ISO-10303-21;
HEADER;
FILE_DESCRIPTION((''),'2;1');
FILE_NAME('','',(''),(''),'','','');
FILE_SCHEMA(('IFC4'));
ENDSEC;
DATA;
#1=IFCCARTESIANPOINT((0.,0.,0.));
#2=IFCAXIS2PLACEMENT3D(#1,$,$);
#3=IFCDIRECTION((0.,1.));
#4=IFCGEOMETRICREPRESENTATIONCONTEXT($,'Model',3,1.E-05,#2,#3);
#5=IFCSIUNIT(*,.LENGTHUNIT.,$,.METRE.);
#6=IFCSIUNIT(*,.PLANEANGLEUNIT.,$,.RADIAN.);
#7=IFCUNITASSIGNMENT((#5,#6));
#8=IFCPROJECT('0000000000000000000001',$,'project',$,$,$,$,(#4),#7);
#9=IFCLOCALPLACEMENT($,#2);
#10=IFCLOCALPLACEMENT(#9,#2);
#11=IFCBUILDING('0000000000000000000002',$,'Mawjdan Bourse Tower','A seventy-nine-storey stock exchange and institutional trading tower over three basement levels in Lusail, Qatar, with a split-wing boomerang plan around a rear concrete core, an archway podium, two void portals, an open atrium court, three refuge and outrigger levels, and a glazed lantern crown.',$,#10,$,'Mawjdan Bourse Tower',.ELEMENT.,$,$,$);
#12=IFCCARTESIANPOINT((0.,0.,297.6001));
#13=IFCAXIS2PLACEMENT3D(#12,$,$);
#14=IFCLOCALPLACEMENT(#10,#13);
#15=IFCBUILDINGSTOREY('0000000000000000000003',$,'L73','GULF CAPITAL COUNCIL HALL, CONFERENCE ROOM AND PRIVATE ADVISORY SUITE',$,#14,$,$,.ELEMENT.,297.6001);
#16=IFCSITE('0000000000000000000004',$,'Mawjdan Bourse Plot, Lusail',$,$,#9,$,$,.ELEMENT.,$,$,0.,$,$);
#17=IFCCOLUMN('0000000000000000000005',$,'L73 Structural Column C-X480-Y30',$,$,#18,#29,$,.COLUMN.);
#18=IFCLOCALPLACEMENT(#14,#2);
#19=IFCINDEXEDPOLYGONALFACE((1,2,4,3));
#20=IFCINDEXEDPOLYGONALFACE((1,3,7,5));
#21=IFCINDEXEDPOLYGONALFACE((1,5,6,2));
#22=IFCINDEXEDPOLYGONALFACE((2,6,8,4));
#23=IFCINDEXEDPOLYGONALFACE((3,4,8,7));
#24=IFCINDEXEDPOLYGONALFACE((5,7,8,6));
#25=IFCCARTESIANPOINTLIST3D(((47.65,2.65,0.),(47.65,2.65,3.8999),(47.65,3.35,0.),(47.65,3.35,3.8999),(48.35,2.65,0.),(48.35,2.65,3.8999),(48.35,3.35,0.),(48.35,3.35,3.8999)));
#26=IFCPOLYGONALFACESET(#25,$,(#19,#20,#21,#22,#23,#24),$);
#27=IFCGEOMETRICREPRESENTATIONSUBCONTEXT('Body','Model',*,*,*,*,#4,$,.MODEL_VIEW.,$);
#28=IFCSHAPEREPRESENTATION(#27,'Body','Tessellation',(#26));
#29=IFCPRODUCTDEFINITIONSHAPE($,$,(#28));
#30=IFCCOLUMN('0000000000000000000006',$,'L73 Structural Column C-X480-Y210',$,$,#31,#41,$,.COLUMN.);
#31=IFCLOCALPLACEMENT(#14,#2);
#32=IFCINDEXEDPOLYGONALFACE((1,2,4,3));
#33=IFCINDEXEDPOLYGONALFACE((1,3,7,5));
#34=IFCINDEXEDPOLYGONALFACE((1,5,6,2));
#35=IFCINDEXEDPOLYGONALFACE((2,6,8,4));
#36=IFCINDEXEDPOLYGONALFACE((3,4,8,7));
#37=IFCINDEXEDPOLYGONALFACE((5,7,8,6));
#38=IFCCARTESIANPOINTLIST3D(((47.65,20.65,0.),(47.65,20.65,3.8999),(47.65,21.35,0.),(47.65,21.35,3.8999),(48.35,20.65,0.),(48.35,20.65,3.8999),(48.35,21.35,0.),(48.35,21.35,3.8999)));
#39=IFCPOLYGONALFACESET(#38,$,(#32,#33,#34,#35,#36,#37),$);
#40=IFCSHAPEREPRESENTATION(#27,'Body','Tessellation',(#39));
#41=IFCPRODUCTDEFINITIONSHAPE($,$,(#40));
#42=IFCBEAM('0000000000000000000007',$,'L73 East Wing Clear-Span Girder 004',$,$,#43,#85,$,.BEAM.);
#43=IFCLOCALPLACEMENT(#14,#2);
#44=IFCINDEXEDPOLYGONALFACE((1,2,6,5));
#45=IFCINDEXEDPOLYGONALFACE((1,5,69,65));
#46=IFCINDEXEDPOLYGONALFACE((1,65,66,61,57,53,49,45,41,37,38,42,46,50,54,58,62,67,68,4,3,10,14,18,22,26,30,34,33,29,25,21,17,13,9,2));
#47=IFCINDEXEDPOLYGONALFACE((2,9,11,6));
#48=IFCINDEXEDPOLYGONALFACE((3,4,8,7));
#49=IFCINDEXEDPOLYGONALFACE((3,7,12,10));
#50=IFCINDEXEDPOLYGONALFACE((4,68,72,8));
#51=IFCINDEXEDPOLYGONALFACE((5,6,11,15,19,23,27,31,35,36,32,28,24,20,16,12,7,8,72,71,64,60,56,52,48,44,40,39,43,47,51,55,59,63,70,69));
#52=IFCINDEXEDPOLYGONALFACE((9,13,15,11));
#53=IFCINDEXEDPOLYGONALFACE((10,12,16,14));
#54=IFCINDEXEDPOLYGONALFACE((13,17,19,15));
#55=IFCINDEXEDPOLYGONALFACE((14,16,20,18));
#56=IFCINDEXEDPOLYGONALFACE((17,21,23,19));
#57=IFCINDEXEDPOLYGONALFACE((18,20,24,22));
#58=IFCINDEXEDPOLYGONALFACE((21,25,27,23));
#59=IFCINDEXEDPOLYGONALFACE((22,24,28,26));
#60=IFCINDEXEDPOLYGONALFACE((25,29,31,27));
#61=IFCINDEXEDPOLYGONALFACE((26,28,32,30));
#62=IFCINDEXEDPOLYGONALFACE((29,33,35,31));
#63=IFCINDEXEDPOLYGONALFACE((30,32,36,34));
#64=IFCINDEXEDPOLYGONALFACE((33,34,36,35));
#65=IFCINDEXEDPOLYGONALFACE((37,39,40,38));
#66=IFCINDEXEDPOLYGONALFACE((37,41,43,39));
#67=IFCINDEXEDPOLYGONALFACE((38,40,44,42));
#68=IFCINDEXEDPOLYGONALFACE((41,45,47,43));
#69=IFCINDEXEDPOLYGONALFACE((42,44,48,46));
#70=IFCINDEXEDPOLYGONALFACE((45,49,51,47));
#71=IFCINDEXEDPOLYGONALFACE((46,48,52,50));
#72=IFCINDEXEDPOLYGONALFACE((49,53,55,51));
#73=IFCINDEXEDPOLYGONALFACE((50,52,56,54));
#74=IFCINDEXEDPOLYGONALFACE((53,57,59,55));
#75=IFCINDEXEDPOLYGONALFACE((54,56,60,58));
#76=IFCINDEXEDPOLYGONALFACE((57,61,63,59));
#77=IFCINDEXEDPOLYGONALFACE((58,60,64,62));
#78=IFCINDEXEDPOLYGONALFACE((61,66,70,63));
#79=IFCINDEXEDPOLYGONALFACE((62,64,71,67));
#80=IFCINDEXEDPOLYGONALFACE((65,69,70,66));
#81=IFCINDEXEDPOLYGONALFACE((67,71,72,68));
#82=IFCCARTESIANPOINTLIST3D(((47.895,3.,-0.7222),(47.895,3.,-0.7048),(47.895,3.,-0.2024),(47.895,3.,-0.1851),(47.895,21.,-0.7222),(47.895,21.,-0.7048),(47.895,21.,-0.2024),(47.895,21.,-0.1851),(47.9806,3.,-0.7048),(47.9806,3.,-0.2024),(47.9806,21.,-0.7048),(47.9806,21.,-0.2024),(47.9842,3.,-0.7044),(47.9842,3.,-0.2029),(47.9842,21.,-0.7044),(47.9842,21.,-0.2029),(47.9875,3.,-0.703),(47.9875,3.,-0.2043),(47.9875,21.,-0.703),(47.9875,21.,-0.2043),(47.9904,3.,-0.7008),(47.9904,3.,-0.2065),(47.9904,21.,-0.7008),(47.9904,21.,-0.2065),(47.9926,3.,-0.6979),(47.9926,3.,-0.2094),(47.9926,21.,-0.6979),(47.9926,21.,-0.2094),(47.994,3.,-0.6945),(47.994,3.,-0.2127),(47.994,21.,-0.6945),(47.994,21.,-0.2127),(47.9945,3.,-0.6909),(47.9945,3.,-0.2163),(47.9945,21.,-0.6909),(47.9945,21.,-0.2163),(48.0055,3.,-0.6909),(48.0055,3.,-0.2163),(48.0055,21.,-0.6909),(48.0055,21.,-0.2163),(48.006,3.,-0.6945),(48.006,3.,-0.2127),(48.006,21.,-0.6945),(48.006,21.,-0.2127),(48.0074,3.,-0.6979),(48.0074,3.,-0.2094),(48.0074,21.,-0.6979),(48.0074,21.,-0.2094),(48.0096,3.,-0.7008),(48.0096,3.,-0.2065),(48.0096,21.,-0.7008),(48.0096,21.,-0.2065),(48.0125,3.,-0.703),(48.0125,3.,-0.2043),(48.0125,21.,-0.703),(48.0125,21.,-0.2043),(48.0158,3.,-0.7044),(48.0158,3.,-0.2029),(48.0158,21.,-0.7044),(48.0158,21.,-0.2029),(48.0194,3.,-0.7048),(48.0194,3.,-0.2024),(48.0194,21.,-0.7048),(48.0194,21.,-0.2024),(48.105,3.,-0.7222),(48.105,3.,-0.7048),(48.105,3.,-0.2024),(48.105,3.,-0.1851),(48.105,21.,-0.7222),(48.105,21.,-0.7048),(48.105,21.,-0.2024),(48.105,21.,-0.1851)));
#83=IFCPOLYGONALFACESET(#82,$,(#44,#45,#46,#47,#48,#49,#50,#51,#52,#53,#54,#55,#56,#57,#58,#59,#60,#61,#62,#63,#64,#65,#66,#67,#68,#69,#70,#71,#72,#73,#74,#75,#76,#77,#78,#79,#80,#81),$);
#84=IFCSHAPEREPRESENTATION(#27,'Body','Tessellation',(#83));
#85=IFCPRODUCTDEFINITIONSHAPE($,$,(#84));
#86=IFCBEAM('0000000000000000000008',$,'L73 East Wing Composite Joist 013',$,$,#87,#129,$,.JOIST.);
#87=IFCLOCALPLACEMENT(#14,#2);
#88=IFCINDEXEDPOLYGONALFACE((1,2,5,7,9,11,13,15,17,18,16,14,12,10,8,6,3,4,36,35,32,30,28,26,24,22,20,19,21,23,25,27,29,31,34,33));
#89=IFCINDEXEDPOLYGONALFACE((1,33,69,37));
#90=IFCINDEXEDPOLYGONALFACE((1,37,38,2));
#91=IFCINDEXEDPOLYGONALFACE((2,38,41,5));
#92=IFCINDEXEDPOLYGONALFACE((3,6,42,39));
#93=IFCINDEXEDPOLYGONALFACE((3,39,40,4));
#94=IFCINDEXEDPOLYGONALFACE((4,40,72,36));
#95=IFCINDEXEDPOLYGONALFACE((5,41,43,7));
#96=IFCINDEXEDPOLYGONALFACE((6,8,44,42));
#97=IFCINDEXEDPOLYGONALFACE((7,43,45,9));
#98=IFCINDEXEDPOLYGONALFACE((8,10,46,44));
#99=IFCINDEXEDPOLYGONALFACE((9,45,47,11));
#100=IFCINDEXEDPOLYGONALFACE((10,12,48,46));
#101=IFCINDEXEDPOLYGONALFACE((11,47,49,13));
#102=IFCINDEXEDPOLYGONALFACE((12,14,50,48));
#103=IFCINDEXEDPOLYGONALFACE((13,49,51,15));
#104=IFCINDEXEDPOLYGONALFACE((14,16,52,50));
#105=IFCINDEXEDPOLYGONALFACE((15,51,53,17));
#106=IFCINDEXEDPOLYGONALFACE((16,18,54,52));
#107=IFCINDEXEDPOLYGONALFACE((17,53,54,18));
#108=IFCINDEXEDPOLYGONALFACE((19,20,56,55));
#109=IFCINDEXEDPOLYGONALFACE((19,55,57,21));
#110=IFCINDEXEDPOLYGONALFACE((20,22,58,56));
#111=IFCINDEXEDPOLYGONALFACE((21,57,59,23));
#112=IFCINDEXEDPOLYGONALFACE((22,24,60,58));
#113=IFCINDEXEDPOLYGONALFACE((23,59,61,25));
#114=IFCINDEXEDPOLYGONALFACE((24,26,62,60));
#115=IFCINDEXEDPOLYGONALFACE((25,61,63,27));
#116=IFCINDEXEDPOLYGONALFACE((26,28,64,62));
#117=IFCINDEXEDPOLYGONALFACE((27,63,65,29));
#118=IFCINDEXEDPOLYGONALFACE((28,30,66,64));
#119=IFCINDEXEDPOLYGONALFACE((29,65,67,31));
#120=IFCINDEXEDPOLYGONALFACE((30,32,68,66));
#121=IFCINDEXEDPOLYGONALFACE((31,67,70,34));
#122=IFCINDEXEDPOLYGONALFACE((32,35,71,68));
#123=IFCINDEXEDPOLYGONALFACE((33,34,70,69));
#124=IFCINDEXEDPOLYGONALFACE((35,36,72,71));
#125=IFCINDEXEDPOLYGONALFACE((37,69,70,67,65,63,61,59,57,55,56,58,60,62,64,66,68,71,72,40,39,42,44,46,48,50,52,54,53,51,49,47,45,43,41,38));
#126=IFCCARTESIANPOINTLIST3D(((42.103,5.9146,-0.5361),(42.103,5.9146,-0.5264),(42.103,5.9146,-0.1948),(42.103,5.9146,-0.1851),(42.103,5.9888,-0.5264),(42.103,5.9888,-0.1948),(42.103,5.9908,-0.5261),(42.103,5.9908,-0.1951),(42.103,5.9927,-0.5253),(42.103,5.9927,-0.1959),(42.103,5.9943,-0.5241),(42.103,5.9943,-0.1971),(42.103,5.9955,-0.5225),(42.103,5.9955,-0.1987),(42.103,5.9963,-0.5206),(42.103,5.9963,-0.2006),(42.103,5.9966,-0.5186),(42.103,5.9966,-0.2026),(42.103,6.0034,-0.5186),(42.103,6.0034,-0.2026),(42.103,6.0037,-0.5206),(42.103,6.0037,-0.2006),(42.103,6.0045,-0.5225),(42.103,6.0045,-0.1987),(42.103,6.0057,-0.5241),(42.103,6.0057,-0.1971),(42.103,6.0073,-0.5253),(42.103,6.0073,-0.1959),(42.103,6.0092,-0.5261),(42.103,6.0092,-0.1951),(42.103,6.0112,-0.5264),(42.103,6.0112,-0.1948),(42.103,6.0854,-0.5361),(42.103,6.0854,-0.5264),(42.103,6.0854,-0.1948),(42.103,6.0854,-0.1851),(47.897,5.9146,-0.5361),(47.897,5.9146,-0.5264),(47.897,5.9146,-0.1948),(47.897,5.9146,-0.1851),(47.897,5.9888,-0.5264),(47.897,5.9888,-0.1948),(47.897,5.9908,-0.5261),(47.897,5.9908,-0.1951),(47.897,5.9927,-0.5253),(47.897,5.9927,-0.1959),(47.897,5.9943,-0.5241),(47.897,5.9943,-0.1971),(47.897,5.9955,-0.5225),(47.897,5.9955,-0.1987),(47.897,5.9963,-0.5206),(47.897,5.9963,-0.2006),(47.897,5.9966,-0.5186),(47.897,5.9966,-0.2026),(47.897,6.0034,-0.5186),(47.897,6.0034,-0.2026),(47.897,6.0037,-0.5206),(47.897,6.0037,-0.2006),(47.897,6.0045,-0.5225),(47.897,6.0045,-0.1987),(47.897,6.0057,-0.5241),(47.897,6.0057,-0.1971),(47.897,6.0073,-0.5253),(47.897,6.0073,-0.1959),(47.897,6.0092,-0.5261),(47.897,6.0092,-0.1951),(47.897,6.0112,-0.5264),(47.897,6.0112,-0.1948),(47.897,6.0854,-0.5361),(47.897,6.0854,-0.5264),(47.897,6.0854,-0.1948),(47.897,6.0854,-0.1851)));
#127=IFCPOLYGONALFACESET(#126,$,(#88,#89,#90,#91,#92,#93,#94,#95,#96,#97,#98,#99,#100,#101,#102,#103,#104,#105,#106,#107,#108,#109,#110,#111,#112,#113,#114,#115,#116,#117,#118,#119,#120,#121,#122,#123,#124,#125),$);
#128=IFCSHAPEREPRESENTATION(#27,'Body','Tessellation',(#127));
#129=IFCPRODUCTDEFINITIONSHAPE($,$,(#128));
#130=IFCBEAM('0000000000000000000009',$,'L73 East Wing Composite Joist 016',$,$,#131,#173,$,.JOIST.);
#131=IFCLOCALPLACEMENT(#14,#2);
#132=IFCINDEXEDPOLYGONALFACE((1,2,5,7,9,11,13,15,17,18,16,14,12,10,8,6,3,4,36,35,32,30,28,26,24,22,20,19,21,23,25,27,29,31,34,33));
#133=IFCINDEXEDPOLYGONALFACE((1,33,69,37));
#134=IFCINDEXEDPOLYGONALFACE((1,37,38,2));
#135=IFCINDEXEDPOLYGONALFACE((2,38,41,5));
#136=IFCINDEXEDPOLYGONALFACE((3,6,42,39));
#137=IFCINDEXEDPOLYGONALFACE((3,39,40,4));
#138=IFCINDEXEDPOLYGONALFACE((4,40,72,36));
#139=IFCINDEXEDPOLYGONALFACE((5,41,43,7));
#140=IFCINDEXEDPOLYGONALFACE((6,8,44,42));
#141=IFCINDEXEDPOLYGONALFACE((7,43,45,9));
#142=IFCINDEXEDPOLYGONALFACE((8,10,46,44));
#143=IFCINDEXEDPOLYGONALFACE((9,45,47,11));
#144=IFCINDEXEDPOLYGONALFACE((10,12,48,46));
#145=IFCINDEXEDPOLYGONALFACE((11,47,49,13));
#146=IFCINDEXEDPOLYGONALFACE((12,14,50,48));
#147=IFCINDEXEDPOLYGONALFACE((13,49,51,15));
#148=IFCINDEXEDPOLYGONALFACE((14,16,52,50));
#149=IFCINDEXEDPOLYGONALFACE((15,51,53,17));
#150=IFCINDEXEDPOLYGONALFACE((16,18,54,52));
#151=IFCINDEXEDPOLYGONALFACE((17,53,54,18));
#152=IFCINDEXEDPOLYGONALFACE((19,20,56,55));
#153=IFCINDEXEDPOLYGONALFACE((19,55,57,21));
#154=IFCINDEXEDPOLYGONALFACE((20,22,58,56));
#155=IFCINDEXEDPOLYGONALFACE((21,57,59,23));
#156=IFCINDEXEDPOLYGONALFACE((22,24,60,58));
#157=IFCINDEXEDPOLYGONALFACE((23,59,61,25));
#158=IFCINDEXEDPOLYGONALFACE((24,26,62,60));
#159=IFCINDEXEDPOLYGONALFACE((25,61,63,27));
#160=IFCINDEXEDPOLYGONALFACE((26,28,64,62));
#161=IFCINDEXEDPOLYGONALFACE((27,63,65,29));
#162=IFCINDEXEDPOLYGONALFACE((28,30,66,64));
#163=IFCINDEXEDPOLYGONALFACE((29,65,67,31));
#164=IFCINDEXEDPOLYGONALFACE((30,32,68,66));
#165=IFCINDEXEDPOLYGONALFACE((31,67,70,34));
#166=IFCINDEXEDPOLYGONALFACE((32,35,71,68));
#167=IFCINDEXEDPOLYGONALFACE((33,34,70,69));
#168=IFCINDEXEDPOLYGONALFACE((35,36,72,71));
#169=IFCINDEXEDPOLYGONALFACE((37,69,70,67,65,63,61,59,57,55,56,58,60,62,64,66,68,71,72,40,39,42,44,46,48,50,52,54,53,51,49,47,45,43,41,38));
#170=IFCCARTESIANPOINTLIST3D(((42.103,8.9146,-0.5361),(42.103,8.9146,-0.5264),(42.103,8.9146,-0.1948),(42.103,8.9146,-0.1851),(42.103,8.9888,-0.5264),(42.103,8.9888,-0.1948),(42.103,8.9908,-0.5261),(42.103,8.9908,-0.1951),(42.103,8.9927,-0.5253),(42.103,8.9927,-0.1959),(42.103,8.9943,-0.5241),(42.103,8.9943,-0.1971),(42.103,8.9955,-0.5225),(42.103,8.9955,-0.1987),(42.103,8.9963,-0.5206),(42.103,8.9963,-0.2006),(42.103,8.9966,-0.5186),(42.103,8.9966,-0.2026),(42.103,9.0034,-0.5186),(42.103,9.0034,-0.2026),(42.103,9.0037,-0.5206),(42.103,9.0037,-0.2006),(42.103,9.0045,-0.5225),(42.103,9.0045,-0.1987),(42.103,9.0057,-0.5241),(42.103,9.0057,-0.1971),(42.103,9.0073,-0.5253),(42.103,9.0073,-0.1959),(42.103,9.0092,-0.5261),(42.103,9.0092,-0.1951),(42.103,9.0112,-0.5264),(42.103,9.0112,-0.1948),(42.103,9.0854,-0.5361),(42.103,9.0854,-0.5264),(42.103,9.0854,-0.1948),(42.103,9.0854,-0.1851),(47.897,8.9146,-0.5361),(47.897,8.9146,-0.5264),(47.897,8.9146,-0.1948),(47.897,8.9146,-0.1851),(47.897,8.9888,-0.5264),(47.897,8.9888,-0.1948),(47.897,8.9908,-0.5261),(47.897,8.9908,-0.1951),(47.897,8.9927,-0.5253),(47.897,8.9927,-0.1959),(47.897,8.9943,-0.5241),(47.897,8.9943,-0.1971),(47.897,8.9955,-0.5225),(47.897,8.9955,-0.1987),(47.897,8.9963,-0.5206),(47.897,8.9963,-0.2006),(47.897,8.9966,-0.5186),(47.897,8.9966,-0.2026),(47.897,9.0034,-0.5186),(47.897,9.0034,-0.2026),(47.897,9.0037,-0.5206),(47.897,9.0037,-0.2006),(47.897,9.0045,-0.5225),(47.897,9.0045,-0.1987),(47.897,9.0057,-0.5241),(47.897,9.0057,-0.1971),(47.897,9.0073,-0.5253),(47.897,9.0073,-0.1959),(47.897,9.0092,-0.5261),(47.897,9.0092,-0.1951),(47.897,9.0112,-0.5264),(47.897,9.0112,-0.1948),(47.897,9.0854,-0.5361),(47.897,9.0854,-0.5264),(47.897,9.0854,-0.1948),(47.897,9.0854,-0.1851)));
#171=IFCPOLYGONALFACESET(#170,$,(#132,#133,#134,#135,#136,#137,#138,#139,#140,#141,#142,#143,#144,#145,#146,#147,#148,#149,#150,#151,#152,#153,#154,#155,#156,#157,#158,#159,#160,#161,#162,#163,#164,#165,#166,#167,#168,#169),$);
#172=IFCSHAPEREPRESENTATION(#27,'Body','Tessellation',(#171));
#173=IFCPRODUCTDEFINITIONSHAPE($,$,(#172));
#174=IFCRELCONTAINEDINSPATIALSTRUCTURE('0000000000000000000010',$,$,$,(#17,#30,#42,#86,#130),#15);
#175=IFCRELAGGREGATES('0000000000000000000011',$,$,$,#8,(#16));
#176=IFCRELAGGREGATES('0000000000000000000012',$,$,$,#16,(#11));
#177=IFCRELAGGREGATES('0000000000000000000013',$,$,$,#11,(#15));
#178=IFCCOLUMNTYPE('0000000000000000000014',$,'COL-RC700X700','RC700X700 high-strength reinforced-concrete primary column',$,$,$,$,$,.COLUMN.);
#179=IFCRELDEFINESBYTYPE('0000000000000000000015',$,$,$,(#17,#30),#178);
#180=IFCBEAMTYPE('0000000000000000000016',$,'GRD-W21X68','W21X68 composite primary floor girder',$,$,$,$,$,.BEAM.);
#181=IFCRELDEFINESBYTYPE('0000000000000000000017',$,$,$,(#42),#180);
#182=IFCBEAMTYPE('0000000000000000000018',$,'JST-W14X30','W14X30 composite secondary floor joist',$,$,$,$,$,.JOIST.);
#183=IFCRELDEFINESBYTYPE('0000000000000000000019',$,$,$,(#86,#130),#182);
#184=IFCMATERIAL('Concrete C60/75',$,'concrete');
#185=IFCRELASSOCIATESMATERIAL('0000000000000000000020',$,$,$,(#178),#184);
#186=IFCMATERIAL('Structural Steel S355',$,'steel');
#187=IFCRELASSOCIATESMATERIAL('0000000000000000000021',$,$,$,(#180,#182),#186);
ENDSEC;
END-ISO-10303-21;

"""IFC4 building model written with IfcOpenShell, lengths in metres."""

from ifc_helpers import new_model, si_unit, direction, frame, origin, origin_2d, place, context, subcontext, project, spatial, rectangle, i_section, extrude, material, material_profile, profile_set, type_object, element, save


model = new_model("IFC4")

# Units and contexts
model_context = context("Model", 3, precision=1e-05, world=origin(), true_north=direction((0.0, 1.0)))
body_context = subcontext(model_context, "Body", "Model", "MODEL_VIEW")
ifc_project = project(units=[si_unit("LENGTHUNIT", "METRE"), si_unit("PLANEANGLEUNIT", "RADIAN")], contexts=[model_context])

# Site, building, storey
site_placement = place(None, origin())
site = spatial("IfcSite", under=ifc_project, at=site_placement, Name="Mawjdan Bourse Plot, Lusail", CompositionType="ELEMENT", RefElevation=0.0)
building_placement = place(site_placement, origin())
building = spatial("IfcBuilding", under=site, at=building_placement, Name="Mawjdan Bourse Tower", Description="A seventy-nine-storey stock exchange and institutional trading tower over three basement levels in Lusail, Qatar, with a split-wing boomerang plan around a rear concrete core, an archway podium, two void portals, an open atrium court, three refuge and outrigger levels, and a glazed lantern crown.", LongName="Mawjdan Bourse Tower", CompositionType="ELEMENT")
storey_placement = place(building_placement, frame((0.0, 0.0, 297.6001)))
storey = spatial("IfcBuildingStorey", under=building, at=storey_placement, Name="L73", Description="GULF CAPITAL COUNCIL HALL, CONFERENCE ROOM AND PRIVATE ADVISORY SUITE", CompositionType="ELEMENT", Elevation=297.6001)

# Columns
ifc_material_1 = material(Name="Concrete C60/75", Category="concrete")
ifc_material_profile_1 = material_profile(ifc_material_1, rectangle(XDim=0.7, YDim=0.7, at=origin_2d()), Name="RC700X700")
ifc_profile_set_1 = profile_set([ifc_material_profile_1], Name="Concrete C60/75")
column_type = type_object("IfcColumnType", Name="COL-RC700X700", Description="RC700X700 high-strength reinforced-concrete primary column", PredefinedType="COLUMN", material=ifc_profile_set_1)
for number, where, z_axis, x_axis, name in (
    (1, (48.0, 3.0, 0.0), (0.0, 0.0, 1.0), (1.0, 0.0, 0.0), "L73 Structural Column C-X480-Y30"),
    (2, (48.0, 21.0, 0.0), (0.0, 0.0, 1.0), (1.0, 0.0, 0.0), "L73 Structural Column C-X480-Y210"),
):
    element("IfcColumn", number, at=place(storey_placement, frame(where, z_axis=z_axis, x_axis=x_axis)), inside=storey, type_object=column_type, Name=name, PredefinedType="COLUMN", context=body_context, shape_type="SweptSolid", body=[
        extrude(rectangle(XDim=0.7, YDim=0.7, at=origin_2d()), origin(), (0.0, 0.0, 1.0), 3.8999),
    ])

# Beams
ifc_material_2 = material(Name="Structural Steel S355", Category="steel")
ifc_material_profile_2 = material_profile(ifc_material_2, i_section(OverallWidth=0.21, OverallDepth=0.5371, WebThickness=0.011, FlangeThickness=0.0173, FilletRadius=0.0139, at=origin_2d()), Name="W21X68")
ifc_profile_set_2 = profile_set([ifc_material_profile_2], Name="Structural Steel S355")
beam_type_1 = type_object("IfcBeamType", Name="GRD-W21X68", Description="W21X68 composite primary floor girder", PredefinedType="BEAM", material=ifc_profile_set_2)
beam_placement = place(storey_placement, frame((48.0, 3.0, -0.4536), z_axis=(0.0, 1.0, 0.0), x_axis=(-1.0, 0.0, 0.0)))
element("IfcBeam", 3, at=beam_placement, inside=storey, type_object=beam_type_1, Name="L73 East Wing Clear-Span Girder 004", PredefinedType="BEAM", context=body_context, shape_type="SweptSolid", body=[
    extrude(i_section(OverallWidth=0.21, OverallDepth=0.5371, WebThickness=0.011, FlangeThickness=0.0173, FilletRadius=0.0139, at=origin_2d()), origin(), (0.0, 0.0, 1.0), 18.0),
])
ifc_material_profile_3 = material_profile(ifc_material_2, i_section(OverallWidth=0.1709, OverallDepth=0.3511, WebThickness=0.0068, FlangeThickness=0.0098, FilletRadius=0.0078, at=origin_2d()), Name="W14X30")
ifc_profile_set_3 = profile_set([ifc_material_profile_3], Name="Structural Steel S355")
beam_type_2 = type_object("IfcBeamType", Name="JST-W14X30", Description="W14X30 composite secondary floor joist", PredefinedType="JOIST", material=ifc_profile_set_3)
for number, where, z_axis, x_axis, name in (
    (4, (42.103, 6.0, -0.3606), (1.0, 0.0, 0.0), (0.0, 1.0, 0.0), "L73 East Wing Composite Joist 013"),
    (5, (42.103, 9.0, -0.3606), (1.0, 0.0, 0.0), (0.0, 1.0, 0.0), "L73 East Wing Composite Joist 016"),
):
    element("IfcBeam", number, at=place(storey_placement, frame(where, z_axis=z_axis, x_axis=x_axis)), inside=storey, type_object=beam_type_2, Name=name, PredefinedType="JOIST", context=body_context, shape_type="SweptSolid", body=[
        extrude(i_section(OverallWidth=0.1709, OverallDepth=0.3511, WebThickness=0.0068, FlangeThickness=0.0098, FilletRadius=0.0078, at=origin_2d()), origin(), (0.0, 0.0, 1.0), 5.7939),
    ])

save(model, "model.ifc")
